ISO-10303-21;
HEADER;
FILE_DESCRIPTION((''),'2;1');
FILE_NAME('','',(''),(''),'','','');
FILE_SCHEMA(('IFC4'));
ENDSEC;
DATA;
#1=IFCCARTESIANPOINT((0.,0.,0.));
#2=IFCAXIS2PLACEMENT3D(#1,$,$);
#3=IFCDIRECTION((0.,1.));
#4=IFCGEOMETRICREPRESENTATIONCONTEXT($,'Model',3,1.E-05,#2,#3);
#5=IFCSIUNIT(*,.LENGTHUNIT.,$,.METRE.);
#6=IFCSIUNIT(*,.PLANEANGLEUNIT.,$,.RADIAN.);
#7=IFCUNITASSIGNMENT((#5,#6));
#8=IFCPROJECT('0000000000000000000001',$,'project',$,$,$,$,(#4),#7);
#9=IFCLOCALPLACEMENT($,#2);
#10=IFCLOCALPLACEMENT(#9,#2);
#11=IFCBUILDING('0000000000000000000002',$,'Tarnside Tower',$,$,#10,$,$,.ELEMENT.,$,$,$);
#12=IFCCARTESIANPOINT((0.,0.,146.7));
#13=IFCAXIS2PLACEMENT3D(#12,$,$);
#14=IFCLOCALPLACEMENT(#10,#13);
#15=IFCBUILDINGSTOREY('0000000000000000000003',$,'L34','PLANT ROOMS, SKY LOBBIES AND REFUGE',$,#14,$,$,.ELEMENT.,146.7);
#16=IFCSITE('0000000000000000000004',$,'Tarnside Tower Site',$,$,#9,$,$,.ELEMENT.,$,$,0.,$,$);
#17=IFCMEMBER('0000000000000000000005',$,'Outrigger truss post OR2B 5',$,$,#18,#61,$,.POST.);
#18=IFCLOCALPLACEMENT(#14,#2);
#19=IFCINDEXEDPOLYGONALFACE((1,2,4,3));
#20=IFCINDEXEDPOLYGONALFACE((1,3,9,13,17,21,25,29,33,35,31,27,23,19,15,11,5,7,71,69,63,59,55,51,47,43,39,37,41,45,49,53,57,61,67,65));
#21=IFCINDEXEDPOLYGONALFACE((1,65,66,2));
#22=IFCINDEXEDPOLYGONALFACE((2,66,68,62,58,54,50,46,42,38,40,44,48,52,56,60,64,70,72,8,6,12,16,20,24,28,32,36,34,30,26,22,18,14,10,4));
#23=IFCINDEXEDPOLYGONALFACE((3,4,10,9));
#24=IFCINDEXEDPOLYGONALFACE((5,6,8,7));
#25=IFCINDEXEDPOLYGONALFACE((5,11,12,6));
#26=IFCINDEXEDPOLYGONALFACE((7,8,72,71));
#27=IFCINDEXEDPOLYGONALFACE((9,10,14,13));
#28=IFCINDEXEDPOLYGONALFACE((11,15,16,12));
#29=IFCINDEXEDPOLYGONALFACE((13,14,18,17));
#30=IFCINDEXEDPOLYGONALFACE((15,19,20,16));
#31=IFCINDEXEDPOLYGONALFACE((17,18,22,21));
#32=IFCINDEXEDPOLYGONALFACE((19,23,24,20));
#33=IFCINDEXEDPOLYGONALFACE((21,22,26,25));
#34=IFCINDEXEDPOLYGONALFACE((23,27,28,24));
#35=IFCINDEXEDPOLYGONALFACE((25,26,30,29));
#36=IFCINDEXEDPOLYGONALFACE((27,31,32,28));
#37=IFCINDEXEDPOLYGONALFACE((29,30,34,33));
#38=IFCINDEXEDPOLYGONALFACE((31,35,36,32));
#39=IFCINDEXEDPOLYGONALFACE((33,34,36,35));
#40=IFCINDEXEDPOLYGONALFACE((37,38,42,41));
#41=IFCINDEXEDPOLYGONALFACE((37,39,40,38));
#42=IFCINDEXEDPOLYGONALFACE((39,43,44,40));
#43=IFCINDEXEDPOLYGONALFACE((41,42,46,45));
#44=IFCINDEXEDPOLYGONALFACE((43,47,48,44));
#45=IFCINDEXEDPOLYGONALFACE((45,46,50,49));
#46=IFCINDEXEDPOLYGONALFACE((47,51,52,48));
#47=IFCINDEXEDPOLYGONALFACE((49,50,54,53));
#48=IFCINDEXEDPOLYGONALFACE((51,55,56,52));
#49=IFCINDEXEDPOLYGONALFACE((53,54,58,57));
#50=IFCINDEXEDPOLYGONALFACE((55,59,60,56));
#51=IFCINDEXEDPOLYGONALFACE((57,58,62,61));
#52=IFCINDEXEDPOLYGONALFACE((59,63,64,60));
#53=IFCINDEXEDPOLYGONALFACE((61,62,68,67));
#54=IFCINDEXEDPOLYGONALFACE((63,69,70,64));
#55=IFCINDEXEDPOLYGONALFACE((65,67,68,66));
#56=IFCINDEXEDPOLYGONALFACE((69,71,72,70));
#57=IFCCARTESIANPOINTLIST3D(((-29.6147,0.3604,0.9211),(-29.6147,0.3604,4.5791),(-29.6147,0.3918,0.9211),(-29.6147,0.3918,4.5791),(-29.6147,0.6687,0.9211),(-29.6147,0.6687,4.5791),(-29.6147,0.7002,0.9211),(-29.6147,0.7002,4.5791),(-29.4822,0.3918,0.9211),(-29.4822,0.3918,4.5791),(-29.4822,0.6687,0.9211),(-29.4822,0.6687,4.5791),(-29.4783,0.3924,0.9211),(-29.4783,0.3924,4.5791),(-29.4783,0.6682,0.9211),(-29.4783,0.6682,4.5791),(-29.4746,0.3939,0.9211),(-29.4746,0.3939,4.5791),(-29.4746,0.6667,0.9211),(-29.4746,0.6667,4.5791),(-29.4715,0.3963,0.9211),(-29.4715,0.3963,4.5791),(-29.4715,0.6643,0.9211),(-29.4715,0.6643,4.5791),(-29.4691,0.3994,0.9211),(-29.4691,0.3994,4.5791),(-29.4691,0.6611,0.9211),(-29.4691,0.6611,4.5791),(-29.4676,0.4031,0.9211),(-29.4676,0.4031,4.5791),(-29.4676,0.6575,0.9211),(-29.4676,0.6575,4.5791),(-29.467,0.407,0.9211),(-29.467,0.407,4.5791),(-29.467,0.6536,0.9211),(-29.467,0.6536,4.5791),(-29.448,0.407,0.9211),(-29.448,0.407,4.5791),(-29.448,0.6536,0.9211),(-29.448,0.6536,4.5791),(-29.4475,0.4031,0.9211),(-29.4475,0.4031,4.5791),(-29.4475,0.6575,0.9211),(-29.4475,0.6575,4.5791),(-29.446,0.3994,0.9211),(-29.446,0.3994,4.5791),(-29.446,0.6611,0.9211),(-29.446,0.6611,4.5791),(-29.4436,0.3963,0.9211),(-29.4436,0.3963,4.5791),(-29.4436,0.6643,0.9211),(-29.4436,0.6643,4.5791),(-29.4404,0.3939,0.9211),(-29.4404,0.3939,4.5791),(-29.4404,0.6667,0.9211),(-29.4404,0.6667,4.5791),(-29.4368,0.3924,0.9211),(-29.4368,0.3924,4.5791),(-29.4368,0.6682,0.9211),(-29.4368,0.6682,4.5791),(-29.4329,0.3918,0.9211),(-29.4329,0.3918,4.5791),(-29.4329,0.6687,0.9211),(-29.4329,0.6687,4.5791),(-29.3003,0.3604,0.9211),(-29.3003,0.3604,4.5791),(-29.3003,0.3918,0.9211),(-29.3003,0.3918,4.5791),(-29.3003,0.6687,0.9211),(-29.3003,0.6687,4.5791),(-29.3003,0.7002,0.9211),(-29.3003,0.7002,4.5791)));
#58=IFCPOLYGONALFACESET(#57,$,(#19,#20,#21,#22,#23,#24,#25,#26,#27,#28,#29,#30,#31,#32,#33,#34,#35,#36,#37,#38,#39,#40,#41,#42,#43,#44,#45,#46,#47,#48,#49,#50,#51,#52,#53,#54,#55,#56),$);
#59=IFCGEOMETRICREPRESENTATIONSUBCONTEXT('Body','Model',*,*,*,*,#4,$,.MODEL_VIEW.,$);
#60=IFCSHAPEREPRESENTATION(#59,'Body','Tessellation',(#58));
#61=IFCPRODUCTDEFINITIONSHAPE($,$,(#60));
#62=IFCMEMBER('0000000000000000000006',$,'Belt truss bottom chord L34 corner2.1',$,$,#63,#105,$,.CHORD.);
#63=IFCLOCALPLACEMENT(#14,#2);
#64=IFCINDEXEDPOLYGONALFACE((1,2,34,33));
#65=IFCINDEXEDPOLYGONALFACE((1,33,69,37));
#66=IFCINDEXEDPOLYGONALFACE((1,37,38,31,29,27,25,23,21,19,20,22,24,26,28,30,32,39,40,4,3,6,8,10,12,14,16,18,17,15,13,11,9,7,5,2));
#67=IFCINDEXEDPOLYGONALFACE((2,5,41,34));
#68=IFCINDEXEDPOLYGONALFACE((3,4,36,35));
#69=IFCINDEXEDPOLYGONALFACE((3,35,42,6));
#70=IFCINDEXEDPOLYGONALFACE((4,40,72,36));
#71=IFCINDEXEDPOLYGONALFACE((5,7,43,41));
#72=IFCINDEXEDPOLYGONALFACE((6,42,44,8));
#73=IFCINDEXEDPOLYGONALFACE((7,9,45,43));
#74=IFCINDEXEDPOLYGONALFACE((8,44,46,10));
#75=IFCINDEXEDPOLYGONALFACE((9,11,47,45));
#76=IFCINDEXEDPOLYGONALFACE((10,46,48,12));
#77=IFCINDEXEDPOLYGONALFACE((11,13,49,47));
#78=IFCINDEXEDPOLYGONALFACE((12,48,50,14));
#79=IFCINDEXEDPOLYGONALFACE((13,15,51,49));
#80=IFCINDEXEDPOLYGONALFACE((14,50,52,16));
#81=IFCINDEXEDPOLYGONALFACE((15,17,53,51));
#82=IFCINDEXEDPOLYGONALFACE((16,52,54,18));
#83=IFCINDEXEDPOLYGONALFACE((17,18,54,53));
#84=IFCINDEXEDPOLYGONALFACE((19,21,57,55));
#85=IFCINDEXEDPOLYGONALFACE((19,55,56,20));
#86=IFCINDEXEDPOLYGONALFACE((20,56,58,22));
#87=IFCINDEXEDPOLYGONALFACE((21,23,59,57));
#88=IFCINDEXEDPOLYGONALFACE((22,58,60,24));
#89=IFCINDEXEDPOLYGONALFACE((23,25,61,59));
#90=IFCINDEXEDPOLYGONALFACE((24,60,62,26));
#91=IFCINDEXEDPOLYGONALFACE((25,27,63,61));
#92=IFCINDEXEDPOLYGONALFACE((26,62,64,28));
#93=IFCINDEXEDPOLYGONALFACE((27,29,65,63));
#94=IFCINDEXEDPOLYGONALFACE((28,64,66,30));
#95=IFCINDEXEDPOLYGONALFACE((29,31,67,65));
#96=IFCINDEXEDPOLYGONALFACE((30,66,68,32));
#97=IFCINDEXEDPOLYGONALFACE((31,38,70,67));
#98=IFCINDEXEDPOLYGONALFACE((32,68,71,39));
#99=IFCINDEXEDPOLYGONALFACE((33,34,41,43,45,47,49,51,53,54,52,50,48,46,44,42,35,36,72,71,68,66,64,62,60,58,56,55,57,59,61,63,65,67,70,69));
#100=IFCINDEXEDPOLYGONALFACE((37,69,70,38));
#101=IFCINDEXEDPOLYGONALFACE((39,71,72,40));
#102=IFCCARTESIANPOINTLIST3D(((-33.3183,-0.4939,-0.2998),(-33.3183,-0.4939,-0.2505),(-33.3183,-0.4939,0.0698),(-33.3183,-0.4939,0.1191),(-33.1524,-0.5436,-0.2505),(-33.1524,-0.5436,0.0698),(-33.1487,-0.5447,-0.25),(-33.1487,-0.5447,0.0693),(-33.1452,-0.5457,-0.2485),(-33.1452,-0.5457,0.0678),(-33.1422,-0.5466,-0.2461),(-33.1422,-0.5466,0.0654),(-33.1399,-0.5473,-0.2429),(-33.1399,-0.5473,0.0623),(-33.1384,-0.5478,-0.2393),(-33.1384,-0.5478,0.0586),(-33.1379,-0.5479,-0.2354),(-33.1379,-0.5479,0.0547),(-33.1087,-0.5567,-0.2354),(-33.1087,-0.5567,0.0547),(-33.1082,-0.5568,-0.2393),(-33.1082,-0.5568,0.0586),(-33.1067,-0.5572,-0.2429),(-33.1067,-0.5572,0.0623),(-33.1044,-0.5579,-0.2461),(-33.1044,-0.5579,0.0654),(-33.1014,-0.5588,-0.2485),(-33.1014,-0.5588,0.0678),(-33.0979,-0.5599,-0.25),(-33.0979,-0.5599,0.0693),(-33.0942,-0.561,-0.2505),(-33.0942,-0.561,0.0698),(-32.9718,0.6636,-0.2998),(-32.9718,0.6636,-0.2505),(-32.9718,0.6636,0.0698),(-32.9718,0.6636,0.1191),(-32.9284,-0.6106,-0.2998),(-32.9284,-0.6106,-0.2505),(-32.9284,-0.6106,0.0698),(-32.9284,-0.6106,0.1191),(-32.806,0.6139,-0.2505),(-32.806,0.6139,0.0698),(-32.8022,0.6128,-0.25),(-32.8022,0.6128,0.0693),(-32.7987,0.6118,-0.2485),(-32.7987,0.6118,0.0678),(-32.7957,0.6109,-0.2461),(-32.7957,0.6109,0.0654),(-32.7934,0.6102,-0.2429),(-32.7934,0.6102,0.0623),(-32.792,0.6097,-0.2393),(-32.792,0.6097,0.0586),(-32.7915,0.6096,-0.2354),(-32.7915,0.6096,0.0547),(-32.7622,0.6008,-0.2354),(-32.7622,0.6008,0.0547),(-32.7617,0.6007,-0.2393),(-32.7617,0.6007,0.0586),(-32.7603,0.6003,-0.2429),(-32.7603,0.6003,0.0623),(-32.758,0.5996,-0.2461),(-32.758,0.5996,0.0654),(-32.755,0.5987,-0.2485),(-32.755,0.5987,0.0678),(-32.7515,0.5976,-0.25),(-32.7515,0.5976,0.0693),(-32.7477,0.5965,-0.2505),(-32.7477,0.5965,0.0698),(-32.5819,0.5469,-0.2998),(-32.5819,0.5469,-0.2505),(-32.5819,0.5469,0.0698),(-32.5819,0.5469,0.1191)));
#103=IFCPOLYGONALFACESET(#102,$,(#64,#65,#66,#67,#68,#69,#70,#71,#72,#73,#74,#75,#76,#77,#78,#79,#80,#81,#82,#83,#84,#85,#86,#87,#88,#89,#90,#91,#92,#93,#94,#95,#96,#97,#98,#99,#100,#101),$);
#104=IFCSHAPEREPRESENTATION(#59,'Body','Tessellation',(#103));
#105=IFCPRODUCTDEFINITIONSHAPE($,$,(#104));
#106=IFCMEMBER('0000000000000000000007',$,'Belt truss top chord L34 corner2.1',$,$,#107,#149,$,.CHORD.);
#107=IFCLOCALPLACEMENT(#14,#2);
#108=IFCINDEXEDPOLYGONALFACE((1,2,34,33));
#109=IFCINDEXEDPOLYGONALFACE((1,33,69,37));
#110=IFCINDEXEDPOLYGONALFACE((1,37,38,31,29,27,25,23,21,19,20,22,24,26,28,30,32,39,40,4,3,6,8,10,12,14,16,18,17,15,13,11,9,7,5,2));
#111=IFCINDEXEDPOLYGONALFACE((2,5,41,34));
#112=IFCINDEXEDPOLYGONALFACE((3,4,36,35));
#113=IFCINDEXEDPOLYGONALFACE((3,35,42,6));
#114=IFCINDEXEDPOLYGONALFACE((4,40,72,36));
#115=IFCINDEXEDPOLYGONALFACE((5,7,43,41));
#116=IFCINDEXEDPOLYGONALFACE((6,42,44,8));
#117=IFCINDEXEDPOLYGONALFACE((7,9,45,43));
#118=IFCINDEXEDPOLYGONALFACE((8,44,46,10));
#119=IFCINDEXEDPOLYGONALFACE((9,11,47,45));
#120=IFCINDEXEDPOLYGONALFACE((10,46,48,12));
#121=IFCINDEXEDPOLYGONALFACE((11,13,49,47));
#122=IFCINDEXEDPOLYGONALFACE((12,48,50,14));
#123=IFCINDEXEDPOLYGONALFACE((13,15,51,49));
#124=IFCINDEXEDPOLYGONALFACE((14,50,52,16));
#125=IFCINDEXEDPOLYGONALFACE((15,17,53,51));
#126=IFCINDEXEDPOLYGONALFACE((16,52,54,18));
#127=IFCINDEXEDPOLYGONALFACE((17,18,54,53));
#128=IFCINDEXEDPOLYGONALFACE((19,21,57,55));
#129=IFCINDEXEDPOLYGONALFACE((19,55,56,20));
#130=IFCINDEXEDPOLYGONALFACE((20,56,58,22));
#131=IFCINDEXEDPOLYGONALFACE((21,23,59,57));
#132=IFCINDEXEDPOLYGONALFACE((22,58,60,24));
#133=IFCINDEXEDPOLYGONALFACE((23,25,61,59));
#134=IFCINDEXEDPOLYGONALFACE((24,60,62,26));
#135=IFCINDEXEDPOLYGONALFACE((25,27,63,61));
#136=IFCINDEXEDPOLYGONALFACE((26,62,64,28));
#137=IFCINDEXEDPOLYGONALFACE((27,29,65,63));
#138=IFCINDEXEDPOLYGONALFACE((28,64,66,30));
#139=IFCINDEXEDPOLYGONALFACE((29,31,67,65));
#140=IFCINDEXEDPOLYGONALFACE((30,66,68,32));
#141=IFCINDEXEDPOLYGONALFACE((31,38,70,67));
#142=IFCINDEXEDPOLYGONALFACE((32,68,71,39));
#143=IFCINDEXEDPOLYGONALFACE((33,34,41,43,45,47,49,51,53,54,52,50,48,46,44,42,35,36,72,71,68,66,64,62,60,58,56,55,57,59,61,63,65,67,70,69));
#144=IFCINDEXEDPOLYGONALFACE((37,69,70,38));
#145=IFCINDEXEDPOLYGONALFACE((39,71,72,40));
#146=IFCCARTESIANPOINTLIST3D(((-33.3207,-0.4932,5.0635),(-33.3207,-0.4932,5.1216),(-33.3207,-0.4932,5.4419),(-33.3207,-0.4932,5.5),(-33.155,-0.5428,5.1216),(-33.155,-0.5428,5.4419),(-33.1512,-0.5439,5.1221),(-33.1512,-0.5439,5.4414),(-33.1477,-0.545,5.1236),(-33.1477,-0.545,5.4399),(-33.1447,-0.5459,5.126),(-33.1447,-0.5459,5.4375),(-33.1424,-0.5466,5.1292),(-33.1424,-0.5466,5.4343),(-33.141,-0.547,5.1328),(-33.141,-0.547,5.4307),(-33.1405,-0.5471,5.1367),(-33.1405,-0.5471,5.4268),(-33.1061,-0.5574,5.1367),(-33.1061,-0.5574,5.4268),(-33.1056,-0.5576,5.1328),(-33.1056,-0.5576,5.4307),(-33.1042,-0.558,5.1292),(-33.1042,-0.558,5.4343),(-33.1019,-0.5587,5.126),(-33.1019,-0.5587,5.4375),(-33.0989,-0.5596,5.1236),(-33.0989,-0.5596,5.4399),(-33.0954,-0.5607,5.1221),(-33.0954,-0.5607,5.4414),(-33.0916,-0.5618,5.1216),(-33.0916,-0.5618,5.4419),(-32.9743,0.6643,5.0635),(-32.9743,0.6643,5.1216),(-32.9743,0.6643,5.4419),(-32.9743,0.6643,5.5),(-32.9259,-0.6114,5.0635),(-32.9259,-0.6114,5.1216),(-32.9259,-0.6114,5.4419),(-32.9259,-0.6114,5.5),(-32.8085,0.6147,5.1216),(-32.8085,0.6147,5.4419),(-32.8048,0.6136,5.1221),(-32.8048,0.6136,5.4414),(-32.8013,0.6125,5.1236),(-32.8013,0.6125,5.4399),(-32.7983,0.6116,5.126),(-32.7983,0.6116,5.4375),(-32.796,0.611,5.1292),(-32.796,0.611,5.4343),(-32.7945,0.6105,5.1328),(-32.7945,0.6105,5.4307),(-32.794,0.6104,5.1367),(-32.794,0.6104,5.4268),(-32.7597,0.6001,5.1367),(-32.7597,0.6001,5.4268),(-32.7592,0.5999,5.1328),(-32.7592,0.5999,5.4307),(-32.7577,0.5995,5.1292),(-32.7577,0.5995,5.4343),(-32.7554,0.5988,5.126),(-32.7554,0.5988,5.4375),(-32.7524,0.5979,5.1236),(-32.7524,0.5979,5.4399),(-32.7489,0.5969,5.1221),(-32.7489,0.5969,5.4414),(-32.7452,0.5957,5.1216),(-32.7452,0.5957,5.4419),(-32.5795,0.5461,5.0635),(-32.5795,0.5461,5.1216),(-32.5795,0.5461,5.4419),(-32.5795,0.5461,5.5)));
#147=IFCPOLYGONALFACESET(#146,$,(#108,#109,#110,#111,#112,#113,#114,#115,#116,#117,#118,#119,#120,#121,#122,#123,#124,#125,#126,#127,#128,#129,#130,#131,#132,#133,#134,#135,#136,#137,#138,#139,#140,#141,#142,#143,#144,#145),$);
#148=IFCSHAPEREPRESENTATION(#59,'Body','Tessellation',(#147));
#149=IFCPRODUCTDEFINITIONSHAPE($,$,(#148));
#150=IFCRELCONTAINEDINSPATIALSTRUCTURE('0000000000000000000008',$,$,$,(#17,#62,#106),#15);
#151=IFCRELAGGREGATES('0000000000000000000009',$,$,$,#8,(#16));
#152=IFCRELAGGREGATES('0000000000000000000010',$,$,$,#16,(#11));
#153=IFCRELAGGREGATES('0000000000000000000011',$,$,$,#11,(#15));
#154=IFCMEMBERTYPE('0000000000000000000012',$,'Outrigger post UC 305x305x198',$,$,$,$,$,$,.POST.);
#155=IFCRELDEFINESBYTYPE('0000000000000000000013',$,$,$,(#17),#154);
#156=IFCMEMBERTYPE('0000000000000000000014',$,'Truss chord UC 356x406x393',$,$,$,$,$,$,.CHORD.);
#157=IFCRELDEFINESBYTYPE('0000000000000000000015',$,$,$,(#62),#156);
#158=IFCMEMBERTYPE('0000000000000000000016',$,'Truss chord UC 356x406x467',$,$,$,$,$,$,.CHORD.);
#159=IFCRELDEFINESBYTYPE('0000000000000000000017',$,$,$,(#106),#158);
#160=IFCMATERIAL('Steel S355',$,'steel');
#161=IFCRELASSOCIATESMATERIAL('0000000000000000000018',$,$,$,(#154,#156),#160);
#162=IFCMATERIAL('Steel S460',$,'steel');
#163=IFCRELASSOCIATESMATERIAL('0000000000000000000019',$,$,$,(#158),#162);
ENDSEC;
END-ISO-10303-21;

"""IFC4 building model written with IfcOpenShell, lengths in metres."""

from ifc_helpers import new_model, si_unit, direction, frame, origin, origin_2d, place, context, subcontext, project, spatial, i_section, extrude, material, material_profile, profile_set, type_object, element, save


model = new_model("IFC4")

# Units and contexts
model_context = context("Model", 3, precision=1e-05, world=origin(), true_north=direction((0.0, 1.0)))
body_context = subcontext(model_context, "Body", "Model", "MODEL_VIEW")
ifc_project = project(units=[si_unit("LENGTHUNIT", "METRE"), si_unit("PLANEANGLEUNIT", "RADIAN")], contexts=[model_context])

# Site, building, storey
site_placement = place(None, origin())
site = spatial("IfcSite", under=ifc_project, at=site_placement, Name="Tarnside Tower Site", CompositionType="ELEMENT", RefElevation=0.0)
building_placement = place(site_placement, origin())
building = spatial("IfcBuilding", under=site, at=building_placement, Name="Tarnside Tower", CompositionType="ELEMENT")
storey_placement = place(building_placement, frame((0.0, 0.0, 146.7)))
storey = spatial("IfcBuildingStorey", under=building, at=storey_placement, Name="L34", Description="PLANT ROOMS, SKY LOBBIES AND REFUGE", CompositionType="ELEMENT", Elevation=146.7)

# Shared definitions
ifc_material_1 = material(Name="Steel S355", Category="steel")

# Members
ifc_material_profile_1 = material_profile(ifc_material_1, i_section(OverallWidth=0.3145, OverallDepth=0.3398, WebThickness=0.019, FlangeThickness=0.0315, FilletRadius=0.0151, at=origin_2d()), Name="UC 305x305x198")
ifc_profile_set_1 = profile_set([ifc_material_profile_1], Name="Steel S355")
member_type_1 = type_object("IfcMemberType", Name="Outrigger post UC 305x305x198", PredefinedType="POST", material=ifc_profile_set_1)
member_1_placement = place(storey_placement, frame((-29.4575, 0.5303, 0.9211), z_axis=(0.0, 0.0, 1.0), x_axis=(-1.0, 0.0, 0.0)))
element("IfcMember", 1, at=member_1_placement, inside=storey, type_object=member_type_1, Name="Outrigger truss post OR2B 5", PredefinedType="POST", context=body_context, shape_type="SweptSolid", body=[
    extrude(i_section(OverallWidth=0.3145, OverallDepth=0.3398, WebThickness=0.019, FlangeThickness=0.0315, FilletRadius=0.0151, at=origin_2d()), origin(), (0.0, 0.0, 1.0), 3.658),
])
ifc_material_profile_2 = material_profile(ifc_material_1, i_section(OverallWidth=0.407, OverallDepth=0.4189, WebThickness=0.0305, FlangeThickness=0.0493, FilletRadius=0.0151, at=origin_2d()), Name="UC 356x406x393")
ifc_profile_set_2 = profile_set([ifc_material_profile_2], Name="Steel S355")
member_type_2 = type_object("IfcMemberType", Name="Truss chord UC 356x406x393", PredefinedType="CHORD", material=ifc_profile_set_2)
member_2_placement = place(storey_placement, frame((-32.7769, 0.6052, -0.0903), z_axis=(-0.286736, -0.95801, 0.0), x_axis=(0.95801, -0.286736, 0.0)))
element("IfcMember", 2, at=member_2_placement, inside=storey, type_object=member_type_2, Name="Belt truss bottom chord L34 corner2.1", PredefinedType="CHORD", context=body_context, shape_type="SweptSolid", body=[
    extrude(i_section(OverallWidth=0.407, OverallDepth=0.4189, WebThickness=0.0305, FlangeThickness=0.0493, FilletRadius=0.0151, at=origin_2d()), origin(), (0.0, 0.0, 1.0), 1.2083),
])
ifc_material_2 = material(Name="Steel S460", Category="steel")
ifc_material_profile_3 = material_profile(ifc_material_2, i_section(OverallWidth=0.4121, OverallDepth=0.4365, WebThickness=0.0359, FlangeThickness=0.0581, FilletRadius=0.0151, at=origin_2d()), Name="UC 356x406x467")
ifc_profile_set_3 = profile_set([ifc_material_profile_3], Name="Steel S460")
member_type_3 = type_object("IfcMemberType", Name="Truss chord UC 356x406x467", PredefinedType="CHORD", material=ifc_profile_set_3)
member_3_placement = place(storey_placement, frame((-32.7769, 0.6052, 5.2817), z_axis=(-0.286736, -0.95801, 0.0), x_axis=(0.95801, -0.286736, 0.0)))
element("IfcMember", 3, at=member_3_placement, inside=storey, type_object=member_type_3, Name="Belt truss top chord L34 corner2.1", PredefinedType="CHORD", context=body_context, shape_type="SweptSolid", body=[
    extrude(i_section(OverallWidth=0.4121, OverallDepth=0.4365, WebThickness=0.0359, FlangeThickness=0.0581, FilletRadius=0.0151, at=origin_2d()), origin(), (0.0, 0.0, 1.0), 1.2083),
])

save(model, "model.ifc")
